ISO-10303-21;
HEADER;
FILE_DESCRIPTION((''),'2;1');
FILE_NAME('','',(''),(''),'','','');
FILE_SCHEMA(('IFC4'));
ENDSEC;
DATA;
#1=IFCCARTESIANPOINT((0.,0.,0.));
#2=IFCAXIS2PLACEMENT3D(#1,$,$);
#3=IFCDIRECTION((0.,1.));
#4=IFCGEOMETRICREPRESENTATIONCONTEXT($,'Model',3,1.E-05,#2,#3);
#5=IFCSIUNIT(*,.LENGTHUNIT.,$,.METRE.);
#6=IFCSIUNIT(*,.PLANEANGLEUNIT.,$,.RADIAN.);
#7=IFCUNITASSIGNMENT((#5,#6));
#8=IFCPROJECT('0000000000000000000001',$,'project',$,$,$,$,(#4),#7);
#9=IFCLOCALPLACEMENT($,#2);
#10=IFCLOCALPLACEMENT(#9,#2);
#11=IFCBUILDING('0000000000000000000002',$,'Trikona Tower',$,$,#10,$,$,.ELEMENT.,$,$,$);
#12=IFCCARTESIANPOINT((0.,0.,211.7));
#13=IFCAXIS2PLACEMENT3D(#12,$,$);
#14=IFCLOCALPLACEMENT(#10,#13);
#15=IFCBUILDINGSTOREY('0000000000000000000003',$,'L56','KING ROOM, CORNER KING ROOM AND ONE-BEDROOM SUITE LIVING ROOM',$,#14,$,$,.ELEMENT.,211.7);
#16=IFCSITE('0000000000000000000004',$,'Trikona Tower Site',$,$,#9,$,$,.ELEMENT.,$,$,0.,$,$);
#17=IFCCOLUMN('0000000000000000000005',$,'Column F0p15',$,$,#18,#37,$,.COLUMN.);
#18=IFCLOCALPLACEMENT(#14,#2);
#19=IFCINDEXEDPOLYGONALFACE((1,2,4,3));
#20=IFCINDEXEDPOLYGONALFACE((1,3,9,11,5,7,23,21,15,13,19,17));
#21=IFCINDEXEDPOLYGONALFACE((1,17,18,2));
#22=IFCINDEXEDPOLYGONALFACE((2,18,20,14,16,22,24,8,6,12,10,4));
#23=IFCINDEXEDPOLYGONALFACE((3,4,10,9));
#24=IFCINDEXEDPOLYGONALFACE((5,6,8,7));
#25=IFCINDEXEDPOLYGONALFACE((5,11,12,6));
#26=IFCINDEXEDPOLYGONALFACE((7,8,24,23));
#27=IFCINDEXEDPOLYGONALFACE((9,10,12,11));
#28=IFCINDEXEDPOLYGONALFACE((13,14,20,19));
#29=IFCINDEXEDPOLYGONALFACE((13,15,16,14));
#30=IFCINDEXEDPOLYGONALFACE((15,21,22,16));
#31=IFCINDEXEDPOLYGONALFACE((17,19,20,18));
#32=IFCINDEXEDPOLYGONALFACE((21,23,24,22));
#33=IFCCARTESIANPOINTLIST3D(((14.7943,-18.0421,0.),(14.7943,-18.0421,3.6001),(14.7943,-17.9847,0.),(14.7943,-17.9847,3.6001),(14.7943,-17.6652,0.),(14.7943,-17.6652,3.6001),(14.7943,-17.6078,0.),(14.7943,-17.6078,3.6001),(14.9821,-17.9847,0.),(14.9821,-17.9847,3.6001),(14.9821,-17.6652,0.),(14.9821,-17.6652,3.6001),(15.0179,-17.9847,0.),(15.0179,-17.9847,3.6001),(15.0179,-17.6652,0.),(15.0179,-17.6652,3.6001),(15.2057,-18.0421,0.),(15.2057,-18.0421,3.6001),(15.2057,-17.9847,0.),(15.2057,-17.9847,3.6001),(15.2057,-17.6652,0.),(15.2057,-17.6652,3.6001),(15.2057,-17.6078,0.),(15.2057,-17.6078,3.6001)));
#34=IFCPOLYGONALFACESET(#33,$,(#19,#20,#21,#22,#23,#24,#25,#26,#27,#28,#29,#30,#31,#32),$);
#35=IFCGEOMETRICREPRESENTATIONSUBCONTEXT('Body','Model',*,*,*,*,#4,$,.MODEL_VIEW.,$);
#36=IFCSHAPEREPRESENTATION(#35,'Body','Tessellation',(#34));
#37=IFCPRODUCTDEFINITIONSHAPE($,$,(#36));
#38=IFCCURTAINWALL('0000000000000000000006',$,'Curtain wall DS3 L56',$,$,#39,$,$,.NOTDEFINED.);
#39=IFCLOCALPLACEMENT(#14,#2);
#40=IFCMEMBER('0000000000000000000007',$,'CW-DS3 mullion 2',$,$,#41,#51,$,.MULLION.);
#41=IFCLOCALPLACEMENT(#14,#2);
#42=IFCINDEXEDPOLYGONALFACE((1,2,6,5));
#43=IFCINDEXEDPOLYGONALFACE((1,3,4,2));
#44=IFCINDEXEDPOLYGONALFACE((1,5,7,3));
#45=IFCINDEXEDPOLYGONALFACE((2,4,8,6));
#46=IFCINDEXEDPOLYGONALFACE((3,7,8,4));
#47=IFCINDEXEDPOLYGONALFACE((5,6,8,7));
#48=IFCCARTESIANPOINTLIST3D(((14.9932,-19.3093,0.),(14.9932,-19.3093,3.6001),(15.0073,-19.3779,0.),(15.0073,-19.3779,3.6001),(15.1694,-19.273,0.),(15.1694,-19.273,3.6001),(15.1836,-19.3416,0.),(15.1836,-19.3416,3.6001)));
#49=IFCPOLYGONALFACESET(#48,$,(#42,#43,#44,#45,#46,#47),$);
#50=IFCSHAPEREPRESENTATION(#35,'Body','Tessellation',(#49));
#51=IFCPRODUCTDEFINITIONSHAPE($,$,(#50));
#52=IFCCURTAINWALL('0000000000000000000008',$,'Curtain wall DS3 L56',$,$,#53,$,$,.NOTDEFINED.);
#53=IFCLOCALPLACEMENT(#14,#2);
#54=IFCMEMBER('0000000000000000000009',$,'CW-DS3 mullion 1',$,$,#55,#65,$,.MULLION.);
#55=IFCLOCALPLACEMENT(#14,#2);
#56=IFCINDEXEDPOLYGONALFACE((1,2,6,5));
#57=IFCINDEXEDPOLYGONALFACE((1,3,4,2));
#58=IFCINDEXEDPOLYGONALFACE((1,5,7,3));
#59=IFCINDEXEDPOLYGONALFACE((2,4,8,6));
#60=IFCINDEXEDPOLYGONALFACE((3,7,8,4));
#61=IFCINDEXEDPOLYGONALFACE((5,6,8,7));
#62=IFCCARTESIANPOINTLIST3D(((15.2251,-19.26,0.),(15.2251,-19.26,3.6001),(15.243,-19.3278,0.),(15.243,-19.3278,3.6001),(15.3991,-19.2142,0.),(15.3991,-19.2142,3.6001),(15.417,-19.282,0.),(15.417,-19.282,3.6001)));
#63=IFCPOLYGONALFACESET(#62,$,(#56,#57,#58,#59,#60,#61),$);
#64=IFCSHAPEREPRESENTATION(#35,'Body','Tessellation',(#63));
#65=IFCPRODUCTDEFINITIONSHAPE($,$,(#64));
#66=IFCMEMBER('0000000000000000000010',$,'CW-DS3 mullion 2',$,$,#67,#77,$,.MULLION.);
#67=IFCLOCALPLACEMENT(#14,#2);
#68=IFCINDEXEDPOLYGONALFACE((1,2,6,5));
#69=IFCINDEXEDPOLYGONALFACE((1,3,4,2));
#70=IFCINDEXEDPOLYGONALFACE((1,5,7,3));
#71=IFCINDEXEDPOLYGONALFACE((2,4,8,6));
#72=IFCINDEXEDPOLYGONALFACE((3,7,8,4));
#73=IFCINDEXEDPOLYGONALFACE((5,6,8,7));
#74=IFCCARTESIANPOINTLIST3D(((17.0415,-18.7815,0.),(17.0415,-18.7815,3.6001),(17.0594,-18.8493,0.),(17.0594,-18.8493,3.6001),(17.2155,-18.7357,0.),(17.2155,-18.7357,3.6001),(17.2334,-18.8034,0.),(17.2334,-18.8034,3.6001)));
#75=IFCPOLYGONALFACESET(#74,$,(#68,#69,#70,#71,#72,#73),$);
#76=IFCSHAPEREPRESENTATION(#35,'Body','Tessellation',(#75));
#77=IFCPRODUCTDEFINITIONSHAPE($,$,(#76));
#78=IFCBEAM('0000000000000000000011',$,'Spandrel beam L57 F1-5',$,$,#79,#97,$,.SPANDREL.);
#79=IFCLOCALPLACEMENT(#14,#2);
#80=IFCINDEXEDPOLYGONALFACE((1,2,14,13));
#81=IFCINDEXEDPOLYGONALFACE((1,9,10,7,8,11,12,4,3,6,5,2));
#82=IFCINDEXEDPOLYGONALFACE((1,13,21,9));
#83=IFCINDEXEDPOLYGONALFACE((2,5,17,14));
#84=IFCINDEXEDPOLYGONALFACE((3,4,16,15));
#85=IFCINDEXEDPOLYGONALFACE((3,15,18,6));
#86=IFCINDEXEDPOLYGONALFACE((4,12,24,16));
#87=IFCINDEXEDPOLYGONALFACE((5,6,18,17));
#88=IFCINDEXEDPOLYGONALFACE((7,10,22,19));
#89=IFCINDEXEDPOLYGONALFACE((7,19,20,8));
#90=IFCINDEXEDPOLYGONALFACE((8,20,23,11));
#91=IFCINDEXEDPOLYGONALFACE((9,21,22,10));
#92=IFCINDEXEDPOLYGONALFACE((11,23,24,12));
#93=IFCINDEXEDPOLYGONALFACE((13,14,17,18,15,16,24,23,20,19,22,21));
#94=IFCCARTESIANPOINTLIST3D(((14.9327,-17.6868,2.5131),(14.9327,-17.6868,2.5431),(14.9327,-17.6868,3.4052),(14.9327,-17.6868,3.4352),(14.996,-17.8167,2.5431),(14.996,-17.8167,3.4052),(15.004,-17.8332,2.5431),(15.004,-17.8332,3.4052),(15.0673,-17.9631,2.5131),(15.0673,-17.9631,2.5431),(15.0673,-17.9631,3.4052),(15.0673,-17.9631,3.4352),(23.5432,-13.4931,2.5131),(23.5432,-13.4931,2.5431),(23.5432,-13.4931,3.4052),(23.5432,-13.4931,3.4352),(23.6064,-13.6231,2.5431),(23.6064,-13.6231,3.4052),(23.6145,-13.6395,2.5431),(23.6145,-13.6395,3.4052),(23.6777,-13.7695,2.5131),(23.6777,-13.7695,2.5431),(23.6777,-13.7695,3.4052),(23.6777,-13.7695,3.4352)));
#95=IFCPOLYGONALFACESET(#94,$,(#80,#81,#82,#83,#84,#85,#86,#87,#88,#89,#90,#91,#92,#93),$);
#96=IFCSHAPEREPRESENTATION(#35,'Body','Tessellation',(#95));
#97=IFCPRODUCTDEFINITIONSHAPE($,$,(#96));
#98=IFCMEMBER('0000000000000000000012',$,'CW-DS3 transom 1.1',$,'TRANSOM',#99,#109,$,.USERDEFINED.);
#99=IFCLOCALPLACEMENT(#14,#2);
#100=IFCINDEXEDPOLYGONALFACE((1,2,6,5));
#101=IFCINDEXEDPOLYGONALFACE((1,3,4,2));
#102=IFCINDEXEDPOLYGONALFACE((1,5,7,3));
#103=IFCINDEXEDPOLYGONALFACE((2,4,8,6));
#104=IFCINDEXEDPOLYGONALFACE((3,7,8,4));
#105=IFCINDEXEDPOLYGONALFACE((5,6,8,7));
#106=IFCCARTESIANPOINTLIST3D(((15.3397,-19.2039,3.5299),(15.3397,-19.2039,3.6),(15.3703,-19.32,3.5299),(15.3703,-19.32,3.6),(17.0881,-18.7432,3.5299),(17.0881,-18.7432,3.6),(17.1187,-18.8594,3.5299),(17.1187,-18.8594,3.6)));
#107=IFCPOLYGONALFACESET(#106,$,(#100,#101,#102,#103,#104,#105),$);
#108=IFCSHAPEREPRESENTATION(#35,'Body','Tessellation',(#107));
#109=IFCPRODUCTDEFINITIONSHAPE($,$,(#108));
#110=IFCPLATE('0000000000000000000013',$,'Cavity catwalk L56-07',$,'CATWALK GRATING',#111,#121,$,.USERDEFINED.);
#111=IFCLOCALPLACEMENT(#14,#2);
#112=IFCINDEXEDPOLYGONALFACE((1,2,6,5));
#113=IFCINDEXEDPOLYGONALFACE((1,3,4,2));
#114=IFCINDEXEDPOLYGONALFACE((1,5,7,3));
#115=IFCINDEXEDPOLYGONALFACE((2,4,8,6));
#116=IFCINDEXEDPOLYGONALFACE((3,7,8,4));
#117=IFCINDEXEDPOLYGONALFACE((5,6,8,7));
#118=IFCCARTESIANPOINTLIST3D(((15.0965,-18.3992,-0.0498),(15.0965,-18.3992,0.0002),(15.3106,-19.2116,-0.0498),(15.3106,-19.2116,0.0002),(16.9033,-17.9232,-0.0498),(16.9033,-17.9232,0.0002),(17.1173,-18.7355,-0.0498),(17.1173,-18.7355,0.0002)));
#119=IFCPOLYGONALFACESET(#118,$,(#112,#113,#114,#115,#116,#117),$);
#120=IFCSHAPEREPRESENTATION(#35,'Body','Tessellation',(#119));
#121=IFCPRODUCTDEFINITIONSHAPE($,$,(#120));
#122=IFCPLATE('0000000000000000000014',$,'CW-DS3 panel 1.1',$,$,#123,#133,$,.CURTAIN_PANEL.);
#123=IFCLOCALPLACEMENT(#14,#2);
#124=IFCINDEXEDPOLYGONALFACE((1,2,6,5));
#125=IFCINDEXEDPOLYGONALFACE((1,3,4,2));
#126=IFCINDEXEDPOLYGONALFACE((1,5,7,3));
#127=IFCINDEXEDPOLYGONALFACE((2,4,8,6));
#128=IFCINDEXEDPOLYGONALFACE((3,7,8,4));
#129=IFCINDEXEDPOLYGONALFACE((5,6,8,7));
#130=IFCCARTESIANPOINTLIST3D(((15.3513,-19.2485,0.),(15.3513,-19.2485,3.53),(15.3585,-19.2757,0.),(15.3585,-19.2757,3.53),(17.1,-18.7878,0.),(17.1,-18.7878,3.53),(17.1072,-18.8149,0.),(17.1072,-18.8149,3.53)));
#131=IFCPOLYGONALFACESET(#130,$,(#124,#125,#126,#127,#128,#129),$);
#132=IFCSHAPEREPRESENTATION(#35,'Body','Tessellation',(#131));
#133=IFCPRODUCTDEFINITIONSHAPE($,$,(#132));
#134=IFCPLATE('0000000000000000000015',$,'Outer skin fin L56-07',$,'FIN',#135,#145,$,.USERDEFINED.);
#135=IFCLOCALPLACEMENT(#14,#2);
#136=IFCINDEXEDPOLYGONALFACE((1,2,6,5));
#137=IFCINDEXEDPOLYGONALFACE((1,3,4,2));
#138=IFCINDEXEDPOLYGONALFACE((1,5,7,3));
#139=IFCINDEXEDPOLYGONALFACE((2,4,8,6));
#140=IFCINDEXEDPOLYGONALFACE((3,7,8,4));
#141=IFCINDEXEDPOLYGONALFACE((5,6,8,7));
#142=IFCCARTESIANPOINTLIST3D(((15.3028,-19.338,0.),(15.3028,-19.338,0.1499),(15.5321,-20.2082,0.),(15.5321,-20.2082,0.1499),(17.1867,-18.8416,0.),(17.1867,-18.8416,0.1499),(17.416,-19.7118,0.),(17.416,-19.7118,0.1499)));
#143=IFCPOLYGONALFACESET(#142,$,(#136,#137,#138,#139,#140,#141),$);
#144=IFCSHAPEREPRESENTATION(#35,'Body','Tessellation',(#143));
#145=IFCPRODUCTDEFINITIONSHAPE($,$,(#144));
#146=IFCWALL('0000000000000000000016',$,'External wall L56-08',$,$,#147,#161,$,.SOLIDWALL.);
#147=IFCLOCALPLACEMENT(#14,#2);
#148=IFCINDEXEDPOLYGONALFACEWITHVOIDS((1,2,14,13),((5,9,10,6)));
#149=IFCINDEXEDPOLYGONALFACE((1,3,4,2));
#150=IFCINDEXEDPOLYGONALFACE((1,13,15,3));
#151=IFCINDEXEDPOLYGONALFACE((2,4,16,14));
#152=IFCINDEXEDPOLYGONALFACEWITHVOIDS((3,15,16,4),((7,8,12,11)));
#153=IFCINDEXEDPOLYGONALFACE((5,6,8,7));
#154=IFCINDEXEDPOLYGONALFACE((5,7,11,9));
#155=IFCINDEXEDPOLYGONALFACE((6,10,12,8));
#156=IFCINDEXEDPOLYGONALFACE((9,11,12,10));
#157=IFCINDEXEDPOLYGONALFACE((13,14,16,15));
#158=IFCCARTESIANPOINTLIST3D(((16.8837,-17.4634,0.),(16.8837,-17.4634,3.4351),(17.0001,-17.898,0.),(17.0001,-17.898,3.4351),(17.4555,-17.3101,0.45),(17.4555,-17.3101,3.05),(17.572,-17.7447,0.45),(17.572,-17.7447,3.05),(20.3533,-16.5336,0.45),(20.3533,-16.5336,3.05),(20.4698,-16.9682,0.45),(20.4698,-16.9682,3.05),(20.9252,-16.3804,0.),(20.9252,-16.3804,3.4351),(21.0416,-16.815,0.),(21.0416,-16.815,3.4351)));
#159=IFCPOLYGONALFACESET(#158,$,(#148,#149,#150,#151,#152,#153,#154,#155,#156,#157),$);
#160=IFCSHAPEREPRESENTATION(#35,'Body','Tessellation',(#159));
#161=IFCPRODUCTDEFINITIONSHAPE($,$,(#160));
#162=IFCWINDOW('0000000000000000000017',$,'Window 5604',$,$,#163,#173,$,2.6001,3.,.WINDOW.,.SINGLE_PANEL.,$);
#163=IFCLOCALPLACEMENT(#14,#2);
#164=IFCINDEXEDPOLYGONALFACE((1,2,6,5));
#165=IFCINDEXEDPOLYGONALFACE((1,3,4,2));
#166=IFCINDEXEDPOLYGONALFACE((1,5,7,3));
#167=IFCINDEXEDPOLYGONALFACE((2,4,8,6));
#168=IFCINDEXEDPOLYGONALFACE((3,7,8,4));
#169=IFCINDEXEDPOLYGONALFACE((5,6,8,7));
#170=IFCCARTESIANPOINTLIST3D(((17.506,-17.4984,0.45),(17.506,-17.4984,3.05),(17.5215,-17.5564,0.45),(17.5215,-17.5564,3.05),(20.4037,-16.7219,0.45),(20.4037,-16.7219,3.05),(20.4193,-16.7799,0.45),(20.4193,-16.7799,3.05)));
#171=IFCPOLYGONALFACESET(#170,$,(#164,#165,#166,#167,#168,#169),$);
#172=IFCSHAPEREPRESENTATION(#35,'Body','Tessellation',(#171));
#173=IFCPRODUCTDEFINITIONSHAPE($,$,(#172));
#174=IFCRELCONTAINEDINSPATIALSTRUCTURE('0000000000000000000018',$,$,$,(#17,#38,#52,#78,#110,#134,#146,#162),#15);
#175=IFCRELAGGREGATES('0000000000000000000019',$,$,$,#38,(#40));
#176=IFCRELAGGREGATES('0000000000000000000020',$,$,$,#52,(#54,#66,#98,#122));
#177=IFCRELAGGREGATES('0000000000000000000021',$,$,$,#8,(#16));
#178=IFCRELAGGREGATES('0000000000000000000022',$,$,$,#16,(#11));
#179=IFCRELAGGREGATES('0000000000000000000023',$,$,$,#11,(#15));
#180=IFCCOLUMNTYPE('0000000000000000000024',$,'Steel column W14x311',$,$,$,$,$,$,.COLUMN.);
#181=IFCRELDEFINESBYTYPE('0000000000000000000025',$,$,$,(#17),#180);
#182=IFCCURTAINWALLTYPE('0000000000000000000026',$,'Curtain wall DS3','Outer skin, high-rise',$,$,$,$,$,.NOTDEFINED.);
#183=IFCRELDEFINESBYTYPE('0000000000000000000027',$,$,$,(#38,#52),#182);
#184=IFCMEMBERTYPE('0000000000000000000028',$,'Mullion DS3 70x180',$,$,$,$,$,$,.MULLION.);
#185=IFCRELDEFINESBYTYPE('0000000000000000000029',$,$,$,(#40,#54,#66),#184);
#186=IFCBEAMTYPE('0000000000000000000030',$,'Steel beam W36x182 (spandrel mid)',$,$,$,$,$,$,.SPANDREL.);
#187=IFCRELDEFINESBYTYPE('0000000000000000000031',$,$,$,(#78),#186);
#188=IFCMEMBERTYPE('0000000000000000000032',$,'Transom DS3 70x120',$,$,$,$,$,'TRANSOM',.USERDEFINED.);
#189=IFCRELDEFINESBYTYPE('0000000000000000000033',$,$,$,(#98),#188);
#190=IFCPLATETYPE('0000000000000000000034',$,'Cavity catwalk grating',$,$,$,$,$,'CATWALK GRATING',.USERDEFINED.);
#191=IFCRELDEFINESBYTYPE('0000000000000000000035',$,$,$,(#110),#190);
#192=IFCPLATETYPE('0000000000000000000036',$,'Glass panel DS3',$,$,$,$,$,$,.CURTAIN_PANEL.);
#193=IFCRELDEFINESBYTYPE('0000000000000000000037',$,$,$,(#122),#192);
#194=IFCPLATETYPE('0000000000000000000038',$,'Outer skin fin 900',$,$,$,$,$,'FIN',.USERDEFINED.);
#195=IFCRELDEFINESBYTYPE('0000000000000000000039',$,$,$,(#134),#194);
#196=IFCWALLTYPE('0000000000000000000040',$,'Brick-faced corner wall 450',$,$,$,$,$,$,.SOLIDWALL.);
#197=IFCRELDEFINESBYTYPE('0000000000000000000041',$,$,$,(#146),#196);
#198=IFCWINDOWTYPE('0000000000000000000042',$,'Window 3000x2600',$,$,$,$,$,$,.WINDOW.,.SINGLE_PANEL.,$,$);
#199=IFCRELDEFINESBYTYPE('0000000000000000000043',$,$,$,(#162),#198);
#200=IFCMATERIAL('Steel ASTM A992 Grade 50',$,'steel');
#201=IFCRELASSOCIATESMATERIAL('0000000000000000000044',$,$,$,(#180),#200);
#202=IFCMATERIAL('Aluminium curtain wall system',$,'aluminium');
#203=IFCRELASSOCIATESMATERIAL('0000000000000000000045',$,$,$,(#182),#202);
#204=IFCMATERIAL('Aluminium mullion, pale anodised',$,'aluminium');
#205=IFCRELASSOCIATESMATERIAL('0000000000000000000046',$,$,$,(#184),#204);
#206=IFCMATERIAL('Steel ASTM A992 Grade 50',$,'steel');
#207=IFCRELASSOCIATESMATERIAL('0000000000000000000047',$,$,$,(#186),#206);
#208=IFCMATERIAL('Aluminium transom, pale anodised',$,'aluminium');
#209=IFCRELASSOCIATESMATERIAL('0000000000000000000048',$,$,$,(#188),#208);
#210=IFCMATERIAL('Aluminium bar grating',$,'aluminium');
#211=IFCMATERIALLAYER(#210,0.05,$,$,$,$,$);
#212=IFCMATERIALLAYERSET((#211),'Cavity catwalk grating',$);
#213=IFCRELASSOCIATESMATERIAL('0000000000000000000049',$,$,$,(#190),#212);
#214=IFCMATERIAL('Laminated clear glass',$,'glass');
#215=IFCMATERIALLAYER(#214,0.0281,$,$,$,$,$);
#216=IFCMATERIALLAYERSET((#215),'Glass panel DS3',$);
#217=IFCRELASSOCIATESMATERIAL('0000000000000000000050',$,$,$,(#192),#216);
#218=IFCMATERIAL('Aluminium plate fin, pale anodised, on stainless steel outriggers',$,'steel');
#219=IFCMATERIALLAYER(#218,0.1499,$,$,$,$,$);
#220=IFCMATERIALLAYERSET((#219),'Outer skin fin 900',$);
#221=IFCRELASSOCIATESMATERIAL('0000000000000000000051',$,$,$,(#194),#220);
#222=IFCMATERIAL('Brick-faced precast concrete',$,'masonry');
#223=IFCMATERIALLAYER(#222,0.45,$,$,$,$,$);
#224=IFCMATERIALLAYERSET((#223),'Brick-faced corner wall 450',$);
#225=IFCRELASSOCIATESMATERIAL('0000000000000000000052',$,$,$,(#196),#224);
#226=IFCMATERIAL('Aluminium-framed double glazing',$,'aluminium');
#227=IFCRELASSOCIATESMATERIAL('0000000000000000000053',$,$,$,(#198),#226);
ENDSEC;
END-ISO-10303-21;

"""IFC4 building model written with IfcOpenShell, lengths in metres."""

from ifc_helpers import new_model, si_unit, direction, frame, frame_2d, origin, origin_2d, place, context, subcontext, project, spatial, rectangle, i_section, extrude, material, layer, layer_set, material_profile, profile_set, type_object, element, fill, aggregate, save


model = new_model("IFC4")

# Units and contexts
model_context = context("Model", 3, precision=1e-05, world=origin(), true_north=direction((0.0, 1.0)))
body_context = subcontext(model_context, "Body", "Model", "MODEL_VIEW")
ifc_project = project(units=[si_unit("LENGTHUNIT", "METRE"), si_unit("PLANEANGLEUNIT", "RADIAN")], contexts=[model_context])

# Site, building, storey
site_placement = place(None, origin())
site = spatial("IfcSite", under=ifc_project, at=site_placement, Name="Trikona Tower Site", CompositionType="ELEMENT", RefElevation=0.0)
building_placement = place(site_placement, origin())
building = spatial("IfcBuilding", under=site, at=building_placement, Name="Trikona Tower", CompositionType="ELEMENT")
storey_placement = place(building_placement, frame((0.0, 0.0, 211.7)))
storey = spatial("IfcBuildingStorey", under=building, at=storey_placement, Name="L56", Description="KING ROOM, CORNER KING ROOM AND ONE-BEDROOM SUITE LIVING ROOM", CompositionType="ELEMENT", Elevation=211.7)

# Column
ifc_material_1 = material(Name="Steel ASTM A992 Grade 50", Category="steel")
ifc_material_profile_1 = material_profile(ifc_material_1, i_section(OverallWidth=0.4114, OverallDepth=0.4343, WebThickness=0.0359, FlangeThickness=0.0574, at=origin_2d()), Name="W14X311")
ifc_profile_set_1 = profile_set([ifc_material_profile_1], Name="Steel ASTM A992 Grade 50")
column_type = type_object("IfcColumnType", Name="Steel column W14x311", PredefinedType="COLUMN", material=ifc_profile_set_1)
column_placement = place(storey_placement, frame((15.0, -17.825, 0.0), z_axis=(0.0, 0.0, 1.0), x_axis=(1.0, 0.0, 0.0)))
element("IfcColumn", 1, at=column_placement, inside=storey, type_object=column_type, Name="Column F0p15", PredefinedType="COLUMN", context=body_context, shape_type="SweptSolid", body=[
    extrude(i_section(OverallWidth=0.4114, OverallDepth=0.4343, WebThickness=0.0359, FlangeThickness=0.0574, at=origin_2d()), origin(), (0.0, 0.0, 1.0), 3.6001),
])

# Curtain wall, member
ifc_material_2 = material(Name="Aluminium curtain wall system", Category="aluminium")
curtain_wall_type = type_object("IfcCurtainWallType", Name="Curtain wall DS3", Description="Outer skin, high-rise", PredefinedType="NOTDEFINED", material=ifc_material_2)
curtain_wall_1_placement = place(storey_placement, origin())
curtain_wall_1 = element("IfcCurtainWall", 2, at=curtain_wall_1_placement, inside=storey, type_object=curtain_wall_type, Name="Curtain wall DS3 L56", PredefinedType="NOTDEFINED")
ifc_material_3 = material(Name="Aluminium mullion, pale anodised", Category="aluminium")
ifc_material_profile_2 = material_profile(ifc_material_3, rectangle(XDim=0.0701, YDim=0.1799, at=origin_2d()), Name="MUL-DS3")
ifc_profile_set_2 = profile_set([ifc_material_profile_2], Name="Aluminium mullion, pale anodised")
member_type_1 = type_object("IfcMemberType", Name="Mullion DS3 70x180", PredefinedType="MULLION", material=ifc_profile_set_2)
member_1_placement = place(storey_placement, frame((15.0884, -19.3254, 0.0), z_axis=(0.0, 0.0, 1.0), x_axis=(-0.201653, 0.979457, 0.0)))
member_1 = element("IfcMember", 3, at=member_1_placement, type_object=member_type_1, Name="CW-DS3 mullion 2", PredefinedType="MULLION", context=body_context, shape_type="SweptSolid", body=[
    extrude(rectangle(XDim=0.0701, YDim=0.1799, at=origin_2d()), origin(), (0.0, 0.0, 1.0), 3.6001),
])
aggregate(curtain_wall_1, [member_1])

# Curtain wall, members
curtain_wall_2_placement = place(storey_placement, origin())
curtain_wall_2 = element("IfcCurtainWall", 4, at=curtain_wall_2_placement, inside=storey, type_object=curtain_wall_type, Name="Curtain wall DS3 L56", PredefinedType="NOTDEFINED")
member_2_placement = place(storey_placement, frame((15.321, -19.271, 0.0), z_axis=(0.0, 0.0, 1.0), x_axis=(-0.254786, 0.966997, 0.0)))
member_2 = element("IfcMember", 5, at=member_2_placement, type_object=member_type_1, Name="CW-DS3 mullion 1", PredefinedType="MULLION", context=body_context, shape_type="SweptSolid", body=[
    extrude(rectangle(XDim=0.0701, YDim=0.1799, at=origin_2d()), origin(), (0.0, 0.0, 1.0), 3.6001),
])
member_3_placement = place(storey_placement, frame((17.1375, -18.7925, 0.0), z_axis=(0.0, 0.0, 1.0), x_axis=(-0.254786, 0.966997, 0.0)))
member_3 = element("IfcMember", 6, at=member_3_placement, type_object=member_type_1, Name="CW-DS3 mullion 2", PredefinedType="MULLION", context=body_context, shape_type="SweptSolid", body=[
    extrude(rectangle(XDim=0.0701, YDim=0.1799, at=origin_2d()), origin(), (0.0, 0.0, 1.0), 3.6001),
])

# Beam
ifc_material_4 = material(Name="Steel ASTM A992 Grade 50", Category="steel")
ifc_material_profile_3 = material_profile(ifc_material_4, i_section(OverallWidth=0.3074, OverallDepth=0.9221, WebThickness=0.0183, FlangeThickness=0.03, at=origin_2d()), Name="W36X182")
ifc_profile_set_3 = profile_set([ifc_material_profile_3], Name="Steel ASTM A992 Grade 50")
beam_type = type_object("IfcBeamType", Name="Steel beam W36x182 (spandrel mid)", PredefinedType="SPANDREL", material=ifc_profile_set_3)
beam_placement = place(storey_placement, frame((15.0, -17.825, 2.9741), z_axis=(0.899039, 0.43787, 0.0), x_axis=(-0.43787, 0.899039, 0.0)))
element("IfcBeam", 7, at=beam_placement, inside=storey, type_object=beam_type, Name="Spandrel beam L57 F1-5", PredefinedType="SPANDREL", context=body_context, shape_type="SweptSolid", body=[
    extrude(i_section(OverallWidth=0.3074, OverallDepth=0.9221, WebThickness=0.0183, FlangeThickness=0.03, at=origin_2d()), origin(), (0.0, 0.0, 1.0), 9.5774),
])

# Member
ifc_material_5 = material(Name="Aluminium transom, pale anodised", Category="aluminium")
ifc_material_profile_4 = material_profile(ifc_material_5, rectangle(XDim=0.1201, YDim=0.0701, at=origin_2d()), Name="TRN-DS3")
ifc_profile_set_4 = profile_set([ifc_material_profile_4], Name="Aluminium transom, pale anodised")
member_type_2 = type_object("IfcMemberType", Name="Transom DS3 70x120", ElementType="TRANSOM", PredefinedType="USERDEFINED", material=ifc_profile_set_4)
member_4_placement = place(storey_placement, frame((15.355, -19.262, 3.5649), z_axis=(0.966999, 0.254779, 0.0), x_axis=(-0.254779, 0.966999, 0.0)))
member_4 = element("IfcMember", 8, at=member_4_placement, type_object=member_type_2, Name="CW-DS3 transom 1.1", ObjectType="TRANSOM", PredefinedType="USERDEFINED", context=body_context, shape_type="SweptSolid", body=[
    extrude(rectangle(XDim=0.1201, YDim=0.0701, at=origin_2d()), origin(), (0.0, 0.0, 1.0), 1.8081),
])

# Plates
ifc_material_6 = material(Name="Aluminium bar grating", Category="aluminium")
ifc_layer_1 = layer(ifc_material_6, 0.05)
ifc_layer_set_1 = layer_set([ifc_layer_1], Name="Cavity catwalk grating")
plate_type_1 = type_object("IfcPlateType", Name="Cavity catwalk grating", ElementType="CATWALK GRATING", PredefinedType="USERDEFINED", material=ifc_layer_set_1)
plate_1_placement = place(storey_placement, frame((16.1069, -18.5674, -0.0498), z_axis=(0.0, 0.0, 1.0), x_axis=(0.966993, 0.254803, 0.0)))
element("IfcPlate", 9, at=plate_1_placement, inside=storey, type_object=plate_type_1, Name="Cavity catwalk L56-07", ObjectType="CATWALK GRATING", PredefinedType="USERDEFINED", context=body_context, shape_type="SweptSolid", body=[
    extrude(rectangle(XDim=1.8684, YDim=0.8401, at=origin_2d()), origin(), (0.0, 0.0, 1.0), 0.05),
])
ifc_material_7 = material(Name="Laminated clear glass", Category="glass")
ifc_layer_2 = layer(ifc_material_7, 0.0281)
ifc_layer_set_2 = layer_set([ifc_layer_2], Name="Glass panel DS3")
plate_type_2 = type_object("IfcPlateType", Name="Glass panel DS3", PredefinedType="CURTAIN_PANEL", material=ifc_layer_set_2)
plate_2_placement = place(storey_placement, frame((16.2292, -19.0317, 0.0), z_axis=(0.0, 0.0, 1.0), x_axis=(0.966997, 0.254786, 0.0)))
plate_2 = element("IfcPlate", 10, at=plate_2_placement, type_object=plate_type_2, Name="CW-DS3 panel 1.1", PredefinedType="CURTAIN_PANEL", context=body_context, shape_type="SweptSolid", body=[
    extrude(rectangle(XDim=1.8083, YDim=0.0281, at=origin_2d()), origin(), (0.0, 0.0, 1.0), 3.53),
])
aggregate(curtain_wall_2, [member_2, member_3, member_4, plate_2])
ifc_material_8 = material(Name="Aluminium plate fin, pale anodised, on stainless steel outriggers", Category="steel")
ifc_layer_3 = layer(ifc_material_8, 0.1499)
ifc_layer_set_3 = layer_set([ifc_layer_3], Name="Outer skin fin 900")
plate_type_3 = type_object("IfcPlateType", Name="Outer skin fin 900", ElementType="FIN", PredefinedType="USERDEFINED", material=ifc_layer_set_3)
plate_3_placement = place(storey_placement, frame((16.3594, -19.5249, 0.0), z_axis=(0.0, 0.0, 1.0), x_axis=(0.966993, 0.254803, 0.0)))
element("IfcPlate", 11, at=plate_3_placement, inside=storey, type_object=plate_type_3, Name="Outer skin fin L56-07", ObjectType="FIN", PredefinedType="USERDEFINED", context=body_context, shape_type="SweptSolid", body=[
    extrude(rectangle(XDim=1.9482, YDim=0.8999, at=origin_2d()), origin(), (0.0, 0.0, 1.0), 0.1499),
])

# Wall, opening, window
ifc_material_9 = material(Name="Brick-faced precast concrete", Category="masonry")
ifc_layer_4 = layer(ifc_material_9, 0.45)
ifc_layer_set_4 = layer_set([ifc_layer_4], Name="Brick-faced corner wall 450")
wall_type = type_object("IfcWallType", Name="Brick-faced corner wall 450", PredefinedType="SOLIDWALL", material=ifc_layer_set_4)
wall_1_placement = place(storey_placement, frame((16.9419, -17.6807, 0.0), z_axis=(0.0, 0.0, 1.0), x_axis=(0.96592, 0.258839, 0.0)))
wall_1 = element("IfcWall", 12, at=wall_1_placement, inside=storey, type_object=wall_type, Name="External wall L56-08", PredefinedType="SOLIDWALL", context=body_context, shape_type="SweptSolid", body=[
    extrude(rectangle(XDim=4.1841, YDim=0.45, at=frame_2d((2.092, 0.0))), origin(), (0.0, 0.0, 1.0), 3.4351),
])
opening_1_placement = place(wall_1_placement, frame((0.592, 0.0, 0.45)))
opening_1 = element("IfcOpeningElement", 13, at=opening_1_placement, cuts=wall_1, PredefinedType="OPENING", context=body_context, shape_type="SweptSolid", body=[
    extrude(rectangle(XDim=3.0, YDim=2.6001, at=frame_2d((1.5, 1.3))), frame((0.0, 0.2349, 0.0), z_axis=(0.0, -1.0, 0.0), x_axis=(1.0, 0.0, 0.0)), (0.0, 0.0, 1.0), 0.47),
])
ifc_material_10 = material(Name="Aluminium-framed double glazing", Category="aluminium")
window_type_1 = type_object("IfcWindowType", Name="Window 3000x2600", PartitioningType="SINGLE_PANEL", PredefinedType="WINDOW", material=ifc_material_10)
window_1_placement = place(opening_1_placement, origin())
window_1 = element("IfcWindow", 14, at=window_1_placement, inside=storey, type_object=window_type_1, Name="Window 5604", OverallHeight=2.6001, OverallWidth=3.0, PartitioningType="SINGLE_PANEL", PredefinedType="WINDOW", context=body_context, shape_type="SweptSolid", body=[
    extrude(rectangle(XDim=3.0, YDim=2.6001, at=frame_2d((1.5, 1.3))), frame((0.0, 0.03, 0.0), z_axis=(0.0, -1.0, 0.0), x_axis=(1.0, 0.0, 0.0)), (0.0, 0.0, 1.0), 0.0601),
])
fill(opening_1, window_1)

save(model, "model.ifc")
